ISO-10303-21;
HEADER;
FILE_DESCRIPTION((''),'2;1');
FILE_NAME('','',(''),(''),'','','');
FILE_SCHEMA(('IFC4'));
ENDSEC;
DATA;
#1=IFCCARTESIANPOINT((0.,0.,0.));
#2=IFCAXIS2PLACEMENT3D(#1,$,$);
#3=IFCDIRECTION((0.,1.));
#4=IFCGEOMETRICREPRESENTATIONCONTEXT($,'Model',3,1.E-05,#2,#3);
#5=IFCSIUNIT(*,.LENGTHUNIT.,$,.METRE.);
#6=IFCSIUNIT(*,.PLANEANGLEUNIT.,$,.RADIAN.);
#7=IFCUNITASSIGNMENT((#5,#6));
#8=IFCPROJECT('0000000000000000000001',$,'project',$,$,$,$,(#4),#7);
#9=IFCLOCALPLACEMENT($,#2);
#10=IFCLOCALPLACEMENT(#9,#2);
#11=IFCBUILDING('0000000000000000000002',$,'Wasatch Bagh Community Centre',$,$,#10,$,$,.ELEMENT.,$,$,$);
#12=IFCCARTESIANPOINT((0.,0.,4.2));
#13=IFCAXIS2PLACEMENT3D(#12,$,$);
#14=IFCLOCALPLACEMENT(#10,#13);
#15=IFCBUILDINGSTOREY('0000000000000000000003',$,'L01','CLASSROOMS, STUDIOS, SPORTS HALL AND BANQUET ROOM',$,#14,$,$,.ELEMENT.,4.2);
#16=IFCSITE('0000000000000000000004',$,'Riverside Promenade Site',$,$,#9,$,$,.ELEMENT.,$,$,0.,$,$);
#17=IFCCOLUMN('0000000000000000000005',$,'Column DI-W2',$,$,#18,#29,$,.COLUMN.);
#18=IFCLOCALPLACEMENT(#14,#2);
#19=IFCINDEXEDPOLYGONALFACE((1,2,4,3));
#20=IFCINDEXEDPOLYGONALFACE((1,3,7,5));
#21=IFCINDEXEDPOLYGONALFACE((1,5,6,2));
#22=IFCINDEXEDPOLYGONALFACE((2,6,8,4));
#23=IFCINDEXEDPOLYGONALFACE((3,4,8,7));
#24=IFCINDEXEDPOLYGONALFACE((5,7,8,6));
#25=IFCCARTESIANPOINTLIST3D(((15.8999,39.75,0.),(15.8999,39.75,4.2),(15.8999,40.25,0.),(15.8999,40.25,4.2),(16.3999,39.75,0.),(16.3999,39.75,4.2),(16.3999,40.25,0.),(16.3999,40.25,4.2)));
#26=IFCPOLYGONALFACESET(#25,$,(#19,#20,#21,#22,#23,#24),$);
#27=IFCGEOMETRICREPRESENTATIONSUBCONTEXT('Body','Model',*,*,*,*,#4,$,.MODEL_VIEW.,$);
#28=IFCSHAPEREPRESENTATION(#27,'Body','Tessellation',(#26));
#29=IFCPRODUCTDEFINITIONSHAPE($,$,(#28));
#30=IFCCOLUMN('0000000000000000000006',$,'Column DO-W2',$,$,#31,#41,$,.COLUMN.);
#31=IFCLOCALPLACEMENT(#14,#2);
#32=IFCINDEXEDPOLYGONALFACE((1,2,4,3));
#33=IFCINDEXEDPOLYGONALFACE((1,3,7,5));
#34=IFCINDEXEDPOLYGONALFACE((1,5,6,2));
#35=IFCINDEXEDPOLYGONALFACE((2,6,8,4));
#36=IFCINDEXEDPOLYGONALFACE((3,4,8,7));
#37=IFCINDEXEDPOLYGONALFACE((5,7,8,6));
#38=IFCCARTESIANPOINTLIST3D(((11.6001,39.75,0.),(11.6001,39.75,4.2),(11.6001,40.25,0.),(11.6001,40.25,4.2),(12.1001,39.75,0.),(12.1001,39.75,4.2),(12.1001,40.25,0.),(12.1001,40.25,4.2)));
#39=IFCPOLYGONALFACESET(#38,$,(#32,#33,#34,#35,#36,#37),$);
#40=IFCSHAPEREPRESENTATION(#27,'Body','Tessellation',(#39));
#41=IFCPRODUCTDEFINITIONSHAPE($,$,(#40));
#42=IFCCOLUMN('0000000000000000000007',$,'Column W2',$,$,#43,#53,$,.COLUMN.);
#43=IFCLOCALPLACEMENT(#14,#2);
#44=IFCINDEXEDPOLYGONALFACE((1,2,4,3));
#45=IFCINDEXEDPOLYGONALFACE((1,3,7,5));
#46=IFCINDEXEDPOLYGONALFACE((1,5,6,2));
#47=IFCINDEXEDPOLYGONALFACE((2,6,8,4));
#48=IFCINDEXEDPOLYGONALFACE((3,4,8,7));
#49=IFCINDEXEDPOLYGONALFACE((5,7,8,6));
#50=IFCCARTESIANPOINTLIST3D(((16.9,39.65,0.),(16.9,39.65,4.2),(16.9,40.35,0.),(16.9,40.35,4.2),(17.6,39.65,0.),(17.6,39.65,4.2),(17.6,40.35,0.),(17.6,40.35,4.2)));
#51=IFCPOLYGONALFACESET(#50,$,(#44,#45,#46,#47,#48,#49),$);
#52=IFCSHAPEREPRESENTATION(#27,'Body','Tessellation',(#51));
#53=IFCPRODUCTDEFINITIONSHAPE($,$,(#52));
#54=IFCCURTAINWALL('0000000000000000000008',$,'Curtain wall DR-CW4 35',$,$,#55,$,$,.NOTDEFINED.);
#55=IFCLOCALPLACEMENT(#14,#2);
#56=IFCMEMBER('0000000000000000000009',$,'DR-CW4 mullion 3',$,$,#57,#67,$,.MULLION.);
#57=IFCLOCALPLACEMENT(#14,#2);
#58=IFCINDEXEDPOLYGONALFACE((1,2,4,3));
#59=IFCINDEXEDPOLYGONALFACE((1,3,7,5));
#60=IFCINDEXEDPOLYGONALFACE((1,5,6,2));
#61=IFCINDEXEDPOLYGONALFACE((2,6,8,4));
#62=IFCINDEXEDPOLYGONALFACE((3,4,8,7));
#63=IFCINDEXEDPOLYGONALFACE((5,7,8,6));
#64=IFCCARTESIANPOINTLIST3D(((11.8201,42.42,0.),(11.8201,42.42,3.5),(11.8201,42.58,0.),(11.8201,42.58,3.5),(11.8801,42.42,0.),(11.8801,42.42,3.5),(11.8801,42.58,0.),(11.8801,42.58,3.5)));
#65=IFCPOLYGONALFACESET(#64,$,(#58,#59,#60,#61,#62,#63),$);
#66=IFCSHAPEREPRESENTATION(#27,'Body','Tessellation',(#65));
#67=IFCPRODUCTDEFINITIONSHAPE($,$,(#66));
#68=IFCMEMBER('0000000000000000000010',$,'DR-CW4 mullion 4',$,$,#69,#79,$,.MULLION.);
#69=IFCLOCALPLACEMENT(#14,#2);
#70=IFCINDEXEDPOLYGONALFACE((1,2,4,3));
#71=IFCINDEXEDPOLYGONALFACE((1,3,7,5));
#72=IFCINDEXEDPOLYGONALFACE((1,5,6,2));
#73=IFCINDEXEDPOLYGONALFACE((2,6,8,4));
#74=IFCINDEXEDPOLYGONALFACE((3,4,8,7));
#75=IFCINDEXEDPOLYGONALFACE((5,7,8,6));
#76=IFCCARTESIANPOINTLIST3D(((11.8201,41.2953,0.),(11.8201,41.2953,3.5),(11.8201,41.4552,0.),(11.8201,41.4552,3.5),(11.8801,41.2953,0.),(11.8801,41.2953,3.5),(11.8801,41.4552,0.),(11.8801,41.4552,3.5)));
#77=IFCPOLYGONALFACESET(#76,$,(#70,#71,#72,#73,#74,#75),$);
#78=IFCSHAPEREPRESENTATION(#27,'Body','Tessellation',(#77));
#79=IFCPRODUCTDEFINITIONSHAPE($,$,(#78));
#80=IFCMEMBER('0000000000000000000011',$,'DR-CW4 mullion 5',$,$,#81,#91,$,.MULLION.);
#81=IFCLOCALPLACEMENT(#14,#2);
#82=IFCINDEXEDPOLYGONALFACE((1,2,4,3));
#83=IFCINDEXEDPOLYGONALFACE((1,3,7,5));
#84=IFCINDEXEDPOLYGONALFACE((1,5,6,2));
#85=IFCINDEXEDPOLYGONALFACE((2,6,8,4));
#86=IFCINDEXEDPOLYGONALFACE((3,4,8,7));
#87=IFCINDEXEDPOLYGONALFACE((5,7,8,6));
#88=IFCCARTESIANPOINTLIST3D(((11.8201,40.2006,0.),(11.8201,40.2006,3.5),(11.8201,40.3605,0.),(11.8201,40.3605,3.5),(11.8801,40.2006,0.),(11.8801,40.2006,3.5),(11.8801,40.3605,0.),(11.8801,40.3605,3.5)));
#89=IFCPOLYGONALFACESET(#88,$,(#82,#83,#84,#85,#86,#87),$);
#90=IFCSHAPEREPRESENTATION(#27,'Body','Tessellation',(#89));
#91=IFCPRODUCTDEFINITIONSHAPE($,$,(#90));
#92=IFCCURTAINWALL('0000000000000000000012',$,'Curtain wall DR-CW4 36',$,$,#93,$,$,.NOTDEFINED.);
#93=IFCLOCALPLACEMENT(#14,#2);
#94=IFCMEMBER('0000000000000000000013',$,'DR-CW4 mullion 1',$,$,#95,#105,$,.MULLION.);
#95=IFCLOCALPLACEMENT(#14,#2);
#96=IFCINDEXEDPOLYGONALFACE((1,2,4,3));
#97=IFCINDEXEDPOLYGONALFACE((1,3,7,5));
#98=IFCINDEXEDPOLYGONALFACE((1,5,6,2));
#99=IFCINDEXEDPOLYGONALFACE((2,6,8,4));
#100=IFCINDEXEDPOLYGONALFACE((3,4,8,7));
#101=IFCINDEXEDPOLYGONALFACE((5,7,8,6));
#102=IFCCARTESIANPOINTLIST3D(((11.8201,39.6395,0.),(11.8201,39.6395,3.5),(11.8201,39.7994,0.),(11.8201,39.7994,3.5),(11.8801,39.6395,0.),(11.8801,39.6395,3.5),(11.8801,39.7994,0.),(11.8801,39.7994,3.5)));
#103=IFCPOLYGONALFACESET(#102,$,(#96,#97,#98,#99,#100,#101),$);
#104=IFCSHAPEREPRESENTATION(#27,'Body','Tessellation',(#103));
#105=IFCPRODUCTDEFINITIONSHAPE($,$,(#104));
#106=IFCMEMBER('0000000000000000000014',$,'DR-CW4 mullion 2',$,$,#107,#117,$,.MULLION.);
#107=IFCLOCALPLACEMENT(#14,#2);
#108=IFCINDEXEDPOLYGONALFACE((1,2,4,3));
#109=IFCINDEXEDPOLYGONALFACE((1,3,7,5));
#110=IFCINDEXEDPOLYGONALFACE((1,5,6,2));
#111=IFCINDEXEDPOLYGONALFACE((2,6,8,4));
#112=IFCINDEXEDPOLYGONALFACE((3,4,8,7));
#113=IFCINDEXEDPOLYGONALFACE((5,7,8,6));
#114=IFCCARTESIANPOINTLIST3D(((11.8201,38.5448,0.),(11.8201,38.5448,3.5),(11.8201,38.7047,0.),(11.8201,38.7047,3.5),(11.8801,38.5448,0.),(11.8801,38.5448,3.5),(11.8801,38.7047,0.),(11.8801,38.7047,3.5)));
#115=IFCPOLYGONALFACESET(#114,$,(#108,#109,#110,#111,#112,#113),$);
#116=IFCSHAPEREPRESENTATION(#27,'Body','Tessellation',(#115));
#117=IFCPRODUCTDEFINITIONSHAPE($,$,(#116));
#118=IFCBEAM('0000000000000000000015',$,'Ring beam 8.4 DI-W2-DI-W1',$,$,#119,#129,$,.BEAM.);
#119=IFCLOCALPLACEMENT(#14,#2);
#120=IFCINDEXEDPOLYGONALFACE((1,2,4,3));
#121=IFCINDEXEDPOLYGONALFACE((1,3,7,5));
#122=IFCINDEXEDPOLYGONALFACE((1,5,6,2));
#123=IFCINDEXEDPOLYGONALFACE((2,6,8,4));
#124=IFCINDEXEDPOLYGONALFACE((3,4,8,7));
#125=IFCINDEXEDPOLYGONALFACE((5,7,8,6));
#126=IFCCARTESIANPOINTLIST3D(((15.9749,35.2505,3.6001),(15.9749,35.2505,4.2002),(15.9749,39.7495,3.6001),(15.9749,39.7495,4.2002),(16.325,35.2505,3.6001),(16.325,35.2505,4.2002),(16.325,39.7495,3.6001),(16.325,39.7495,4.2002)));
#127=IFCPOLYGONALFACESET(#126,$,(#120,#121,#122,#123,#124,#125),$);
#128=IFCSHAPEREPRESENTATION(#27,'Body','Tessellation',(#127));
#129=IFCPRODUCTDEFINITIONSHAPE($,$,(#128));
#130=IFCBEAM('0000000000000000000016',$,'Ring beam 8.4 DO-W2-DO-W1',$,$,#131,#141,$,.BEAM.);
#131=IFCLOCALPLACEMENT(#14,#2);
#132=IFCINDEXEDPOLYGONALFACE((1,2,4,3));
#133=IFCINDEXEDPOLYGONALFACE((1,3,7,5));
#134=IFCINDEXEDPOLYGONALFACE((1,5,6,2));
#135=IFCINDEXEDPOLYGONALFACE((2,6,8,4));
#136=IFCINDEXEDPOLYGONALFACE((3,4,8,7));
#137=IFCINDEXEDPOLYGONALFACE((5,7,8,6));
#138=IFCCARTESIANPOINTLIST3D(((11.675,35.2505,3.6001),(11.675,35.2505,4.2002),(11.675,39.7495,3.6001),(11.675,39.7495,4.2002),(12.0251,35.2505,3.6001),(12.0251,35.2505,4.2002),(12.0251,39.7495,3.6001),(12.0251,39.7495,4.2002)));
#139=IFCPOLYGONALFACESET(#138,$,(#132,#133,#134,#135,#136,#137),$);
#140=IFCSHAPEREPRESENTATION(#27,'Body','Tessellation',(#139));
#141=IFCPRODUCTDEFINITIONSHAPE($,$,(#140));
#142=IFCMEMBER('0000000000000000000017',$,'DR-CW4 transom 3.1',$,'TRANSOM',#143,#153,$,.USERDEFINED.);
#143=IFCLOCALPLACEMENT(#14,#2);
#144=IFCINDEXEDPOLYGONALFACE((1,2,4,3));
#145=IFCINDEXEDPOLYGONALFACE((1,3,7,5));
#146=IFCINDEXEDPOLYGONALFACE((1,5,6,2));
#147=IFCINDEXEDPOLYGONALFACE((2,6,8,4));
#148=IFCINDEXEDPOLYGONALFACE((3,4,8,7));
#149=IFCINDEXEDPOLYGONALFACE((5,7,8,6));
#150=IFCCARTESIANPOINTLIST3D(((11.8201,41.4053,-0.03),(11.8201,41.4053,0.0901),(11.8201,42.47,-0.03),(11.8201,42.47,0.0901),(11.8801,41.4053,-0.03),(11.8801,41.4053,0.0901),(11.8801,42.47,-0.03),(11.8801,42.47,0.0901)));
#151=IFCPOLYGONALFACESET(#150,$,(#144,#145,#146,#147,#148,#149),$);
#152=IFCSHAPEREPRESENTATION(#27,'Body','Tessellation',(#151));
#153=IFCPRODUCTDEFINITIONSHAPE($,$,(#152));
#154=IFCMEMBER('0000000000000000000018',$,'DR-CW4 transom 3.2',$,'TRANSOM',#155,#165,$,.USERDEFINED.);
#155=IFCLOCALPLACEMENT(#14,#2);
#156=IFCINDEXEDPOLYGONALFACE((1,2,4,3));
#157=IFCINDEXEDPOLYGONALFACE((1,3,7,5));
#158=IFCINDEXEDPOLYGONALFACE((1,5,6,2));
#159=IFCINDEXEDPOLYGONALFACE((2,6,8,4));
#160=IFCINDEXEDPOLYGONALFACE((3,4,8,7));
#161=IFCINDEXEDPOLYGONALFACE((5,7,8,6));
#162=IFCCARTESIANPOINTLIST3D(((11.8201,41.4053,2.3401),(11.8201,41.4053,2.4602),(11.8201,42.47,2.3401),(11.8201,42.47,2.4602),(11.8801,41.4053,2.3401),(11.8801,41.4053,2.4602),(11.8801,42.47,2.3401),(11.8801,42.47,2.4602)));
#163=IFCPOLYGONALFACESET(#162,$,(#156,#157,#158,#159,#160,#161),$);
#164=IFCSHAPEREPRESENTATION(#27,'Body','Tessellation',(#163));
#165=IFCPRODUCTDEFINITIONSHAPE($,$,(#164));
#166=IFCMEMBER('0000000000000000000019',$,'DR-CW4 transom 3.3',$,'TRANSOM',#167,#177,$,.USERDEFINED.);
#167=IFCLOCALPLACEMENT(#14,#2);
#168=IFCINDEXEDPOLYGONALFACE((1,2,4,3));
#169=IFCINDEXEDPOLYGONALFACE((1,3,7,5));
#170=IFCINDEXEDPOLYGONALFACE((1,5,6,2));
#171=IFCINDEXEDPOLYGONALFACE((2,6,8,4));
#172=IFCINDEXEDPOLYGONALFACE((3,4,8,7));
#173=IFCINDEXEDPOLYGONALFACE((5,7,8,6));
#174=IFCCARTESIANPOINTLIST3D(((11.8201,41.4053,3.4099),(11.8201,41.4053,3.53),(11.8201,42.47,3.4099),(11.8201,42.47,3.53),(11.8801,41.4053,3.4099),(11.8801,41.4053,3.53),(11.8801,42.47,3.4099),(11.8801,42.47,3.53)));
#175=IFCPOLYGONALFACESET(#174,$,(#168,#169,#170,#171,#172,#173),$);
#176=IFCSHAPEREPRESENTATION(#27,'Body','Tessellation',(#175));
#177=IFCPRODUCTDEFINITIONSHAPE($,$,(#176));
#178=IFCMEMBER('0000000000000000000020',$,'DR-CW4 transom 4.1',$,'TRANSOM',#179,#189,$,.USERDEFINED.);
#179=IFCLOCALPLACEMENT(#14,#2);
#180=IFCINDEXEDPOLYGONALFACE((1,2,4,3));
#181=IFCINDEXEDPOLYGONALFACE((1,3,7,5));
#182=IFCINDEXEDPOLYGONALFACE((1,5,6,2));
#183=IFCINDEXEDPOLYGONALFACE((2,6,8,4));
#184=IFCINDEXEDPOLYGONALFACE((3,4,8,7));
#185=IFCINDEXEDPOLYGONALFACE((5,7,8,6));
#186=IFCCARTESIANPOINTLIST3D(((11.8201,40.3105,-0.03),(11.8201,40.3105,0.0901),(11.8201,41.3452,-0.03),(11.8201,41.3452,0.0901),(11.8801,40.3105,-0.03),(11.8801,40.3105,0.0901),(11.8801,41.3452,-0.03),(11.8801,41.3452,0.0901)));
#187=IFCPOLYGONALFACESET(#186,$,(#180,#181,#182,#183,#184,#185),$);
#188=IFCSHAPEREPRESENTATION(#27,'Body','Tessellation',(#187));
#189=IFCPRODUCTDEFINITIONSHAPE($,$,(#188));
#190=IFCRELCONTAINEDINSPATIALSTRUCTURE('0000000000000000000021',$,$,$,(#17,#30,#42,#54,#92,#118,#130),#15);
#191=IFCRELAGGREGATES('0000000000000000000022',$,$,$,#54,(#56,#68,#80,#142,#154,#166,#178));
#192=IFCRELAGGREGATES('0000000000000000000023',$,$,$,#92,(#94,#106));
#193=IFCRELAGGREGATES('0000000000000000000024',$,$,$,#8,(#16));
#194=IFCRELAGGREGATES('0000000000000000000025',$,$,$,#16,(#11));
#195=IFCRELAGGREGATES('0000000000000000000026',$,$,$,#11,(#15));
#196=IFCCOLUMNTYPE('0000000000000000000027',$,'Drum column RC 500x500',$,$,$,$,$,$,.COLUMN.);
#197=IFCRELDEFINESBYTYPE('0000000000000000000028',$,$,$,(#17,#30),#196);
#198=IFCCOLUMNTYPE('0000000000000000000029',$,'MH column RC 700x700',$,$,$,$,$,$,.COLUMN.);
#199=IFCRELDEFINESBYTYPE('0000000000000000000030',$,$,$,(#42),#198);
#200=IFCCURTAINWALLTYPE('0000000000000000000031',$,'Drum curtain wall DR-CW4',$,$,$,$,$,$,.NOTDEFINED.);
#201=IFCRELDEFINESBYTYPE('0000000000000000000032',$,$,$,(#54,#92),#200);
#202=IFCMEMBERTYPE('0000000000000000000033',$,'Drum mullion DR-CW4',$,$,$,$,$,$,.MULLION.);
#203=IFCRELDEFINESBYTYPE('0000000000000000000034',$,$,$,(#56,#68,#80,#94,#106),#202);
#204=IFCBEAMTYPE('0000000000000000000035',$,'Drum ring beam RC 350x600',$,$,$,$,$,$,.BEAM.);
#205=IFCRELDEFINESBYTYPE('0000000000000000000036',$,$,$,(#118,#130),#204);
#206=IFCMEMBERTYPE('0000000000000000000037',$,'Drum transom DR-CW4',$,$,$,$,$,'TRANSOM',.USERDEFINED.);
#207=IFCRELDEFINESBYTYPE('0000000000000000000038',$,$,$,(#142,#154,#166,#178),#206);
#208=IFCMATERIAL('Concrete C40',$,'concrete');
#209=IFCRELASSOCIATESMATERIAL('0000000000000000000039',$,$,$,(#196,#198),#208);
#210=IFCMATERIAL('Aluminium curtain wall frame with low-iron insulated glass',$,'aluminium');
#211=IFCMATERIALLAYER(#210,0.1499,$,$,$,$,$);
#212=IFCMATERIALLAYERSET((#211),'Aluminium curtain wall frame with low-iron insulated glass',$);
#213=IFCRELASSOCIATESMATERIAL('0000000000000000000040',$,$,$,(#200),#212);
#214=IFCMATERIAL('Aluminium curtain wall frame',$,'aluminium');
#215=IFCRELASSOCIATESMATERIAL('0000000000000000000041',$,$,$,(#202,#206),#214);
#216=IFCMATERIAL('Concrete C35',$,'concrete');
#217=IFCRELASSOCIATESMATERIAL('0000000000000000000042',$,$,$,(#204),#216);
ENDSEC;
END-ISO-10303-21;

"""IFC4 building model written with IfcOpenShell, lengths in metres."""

from ifc_helpers import new_model, si_unit, direction, frame, origin, origin_2d, place, context, subcontext, project, spatial, rectangle, extrude, material, layer, layer_set, material_profile, profile_set, type_object, element, aggregate, save


model = new_model("IFC4")

# Units and contexts
model_context = context("Model", 3, precision=1e-05, world=origin(), true_north=direction((0.0, 1.0)))
body_context = subcontext(model_context, "Body", "Model", "MODEL_VIEW")
ifc_project = project(units=[si_unit("LENGTHUNIT", "METRE"), si_unit("PLANEANGLEUNIT", "RADIAN")], contexts=[model_context])

# Site, building, storey
site_placement = place(None, origin())
site = spatial("IfcSite", under=ifc_project, at=site_placement, Name="Riverside Promenade Site", CompositionType="ELEMENT", RefElevation=0.0)
building_placement = place(site_placement, origin())
building = spatial("IfcBuilding", under=site, at=building_placement, Name="Wasatch Bagh Community Centre", CompositionType="ELEMENT")
storey_placement = place(building_placement, frame((0.0, 0.0, 4.2)))
storey = spatial("IfcBuildingStorey", under=building, at=storey_placement, Name="L01", Description="CLASSROOMS, STUDIOS, SPORTS HALL AND BANQUET ROOM", CompositionType="ELEMENT", Elevation=4.2)

# Columns
ifc_material_1 = material(Name="Concrete C40", Category="concrete")
ifc_material_profile_1 = material_profile(ifc_material_1, rectangle(XDim=0.5, YDim=0.5, at=origin_2d()), Name="RC 500x500")
ifc_profile_set_1 = profile_set([ifc_material_profile_1], Name="Concrete C40")
column_type_1 = type_object("IfcColumnType", Name="Drum column RC 500x500", PredefinedType="COLUMN", material=ifc_profile_set_1)
for number, where, z_axis, x_axis, name in (
    (1, (16.1499, 40.0, 0.0), (0.0, 0.0, 1.0), (1.0, 0.0, 0.0), "Column DI-W2"),
    (2, (11.8501, 40.0, 0.0), (0.0, 0.0, 1.0), (1.0, 0.0, 0.0), "Column DO-W2"),
):
    element("IfcColumn", number, at=place(storey_placement, frame(where, z_axis=z_axis, x_axis=x_axis)), inside=storey, type_object=column_type_1, Name=name, PredefinedType="COLUMN", context=body_context, shape_type="SweptSolid", body=[
        extrude(rectangle(XDim=0.5, YDim=0.5, at=origin_2d()), origin(), (0.0, 0.0, 1.0), 4.2),
    ])
ifc_material_profile_2 = material_profile(ifc_material_1, rectangle(XDim=0.7, YDim=0.7, at=origin_2d()), Name="RC 700x700")
ifc_profile_set_2 = profile_set([ifc_material_profile_2], Name="Concrete C40")
column_type_2 = type_object("IfcColumnType", Name="MH column RC 700x700", PredefinedType="COLUMN", material=ifc_profile_set_2)
column_placement = place(storey_placement, frame((17.25, 40.0, 0.0), z_axis=(0.0, 0.0, 1.0), x_axis=(1.0, 0.0, 0.0)))
element("IfcColumn", 3, at=column_placement, inside=storey, type_object=column_type_2, Name="Column W2", PredefinedType="COLUMN", context=body_context, shape_type="SweptSolid", body=[
    extrude(rectangle(XDim=0.7, YDim=0.7, at=origin_2d()), origin(), (0.0, 0.0, 1.0), 4.2),
])

# Curtain walls, members
ifc_material_2 = material(Name="Aluminium curtain wall frame with low-iron insulated glass", Category="aluminium")
ifc_layer_1 = layer(ifc_material_2, 0.1499)
ifc_layer_set_1 = layer_set([ifc_layer_1], Name="Aluminium curtain wall frame with low-iron insulated glass")
curtain_wall_type = type_object("IfcCurtainWallType", Name="Drum curtain wall DR-CW4", PredefinedType="NOTDEFINED", material=ifc_layer_set_1)
curtain_wall_1_placement = place(storey_placement, origin())
curtain_wall_1 = element("IfcCurtainWall", 4, at=curtain_wall_1_placement, inside=storey, type_object=curtain_wall_type, Name="Curtain wall DR-CW4 35", PredefinedType="NOTDEFINED")
ifc_material_3 = material(Name="Aluminium curtain wall frame", Category="aluminium")
ifc_material_profile_3 = material_profile(ifc_material_3, rectangle(XDim=0.0601, YDim=0.1599, at=origin_2d()), Name="Drum mullion DR-CW4")
ifc_profile_set_3 = profile_set([ifc_material_profile_3], Name="Aluminium curtain wall frame")
member_type_1 = type_object("IfcMemberType", Name="Drum mullion DR-CW4", PredefinedType="MULLION", material=ifc_profile_set_3)
member_1_placement = place(storey_placement, frame((11.8501, 42.5, 0.0), z_axis=(0.0, 0.0, 1.0), x_axis=(1.0, 0.0, 0.0)))
member_1 = element("IfcMember", 5, at=member_1_placement, type_object=member_type_1, Name="DR-CW4 mullion 3", PredefinedType="MULLION", context=body_context, shape_type="SweptSolid", body=[
    extrude(rectangle(XDim=0.0601, YDim=0.1599, at=origin_2d()), origin(), (0.0, 0.0, 1.0), 3.5),
])
member_2_placement = place(storey_placement, frame((11.8501, 41.3752, 0.0), z_axis=(0.0, 0.0, 1.0), x_axis=(1.0, 0.0, 0.0)))
member_2 = element("IfcMember", 6, at=member_2_placement, type_object=member_type_1, Name="DR-CW4 mullion 4", PredefinedType="MULLION", context=body_context, shape_type="SweptSolid", body=[
    extrude(rectangle(XDim=0.0601, YDim=0.1599, at=origin_2d()), origin(), (0.0, 0.0, 1.0), 3.5),
])
member_3_placement = place(storey_placement, frame((11.8501, 40.2805, 0.0), z_axis=(0.0, 0.0, 1.0), x_axis=(1.0, 0.0, 0.0)))
member_3 = element("IfcMember", 7, at=member_3_placement, type_object=member_type_1, Name="DR-CW4 mullion 5", PredefinedType="MULLION", context=body_context, shape_type="SweptSolid", body=[
    extrude(rectangle(XDim=0.0601, YDim=0.1599, at=origin_2d()), origin(), (0.0, 0.0, 1.0), 3.5),
])
curtain_wall_2_placement = place(storey_placement, origin())
curtain_wall_2 = element("IfcCurtainWall", 8, at=curtain_wall_2_placement, inside=storey, type_object=curtain_wall_type, Name="Curtain wall DR-CW4 36", PredefinedType="NOTDEFINED")
member_4_placement = place(storey_placement, frame((11.8501, 39.7195, 0.0), z_axis=(0.0, 0.0, 1.0), x_axis=(1.0, 0.0, 0.0)))
member_4 = element("IfcMember", 9, at=member_4_placement, type_object=member_type_1, Name="DR-CW4 mullion 1", PredefinedType="MULLION", context=body_context, shape_type="SweptSolid", body=[
    extrude(rectangle(XDim=0.0601, YDim=0.1599, at=origin_2d()), origin(), (0.0, 0.0, 1.0), 3.5),
])
member_5_placement = place(storey_placement, frame((11.8501, 38.6248, 0.0), z_axis=(0.0, 0.0, 1.0), x_axis=(1.0, 0.0, 0.0)))
member_5 = element("IfcMember", 10, at=member_5_placement, type_object=member_type_1, Name="DR-CW4 mullion 2", PredefinedType="MULLION", context=body_context, shape_type="SweptSolid", body=[
    extrude(rectangle(XDim=0.0601, YDim=0.1599, at=origin_2d()), origin(), (0.0, 0.0, 1.0), 3.5),
])

# Beams
ifc_material_4 = material(Name="Concrete C35", Category="concrete")
ifc_material_profile_4 = material_profile(ifc_material_4, rectangle(XDim=0.3501, YDim=0.6001, at=origin_2d()), Name="RC 350x600")
ifc_profile_set_4 = profile_set([ifc_material_profile_4], Name="Concrete C35")
beam_type_1 = type_object("IfcBeamType", Name="Drum ring beam RC 350x600", PredefinedType="BEAM", material=ifc_profile_set_4)
for number, where, z_axis, x_axis, name in (
    (11, (16.1499, 39.7495, 3.9001), (0.0, -1.0, 0.0), (1.0, 0.0, 0.0), "Ring beam 8.4 DI-W2-DI-W1"),
    (12, (11.8501, 39.7495, 3.9001), (0.0, -1.0, 0.0), (1.0, 0.0, 0.0), "Ring beam 8.4 DO-W2-DO-W1"),
):
    element("IfcBeam", number, at=place(storey_placement, frame(where, z_axis=z_axis, x_axis=x_axis)), inside=storey, type_object=beam_type_1, Name=name, PredefinedType="BEAM", context=body_context, shape_type="SweptSolid", body=[
        extrude(rectangle(XDim=0.3501, YDim=0.6001, at=origin_2d()), origin(), (0.0, 0.0, 1.0), 4.499),
    ])

# Members
ifc_material_profile_5 = material_profile(ifc_material_3, rectangle(XDim=0.0601, YDim=0.1201, at=origin_2d()), Name="Drum transom DR-CW4")
ifc_profile_set_5 = profile_set([ifc_material_profile_5], Name="Aluminium curtain wall frame")
member_type_2 = type_object("IfcMemberType", Name="Drum transom DR-CW4", ElementType="TRANSOM", PredefinedType="USERDEFINED", material=ifc_profile_set_5)
member_6_placement = place(storey_placement, frame((11.8501, 42.47, 0.03), z_axis=(0.0, -1.0, 0.0), x_axis=(1.0, 0.0, 0.0)))
member_6 = element("IfcMember", 13, at=member_6_placement, type_object=member_type_2, Name="DR-CW4 transom 3.1", ObjectType="TRANSOM", PredefinedType="USERDEFINED", context=body_context, shape_type="SweptSolid", body=[
    extrude(rectangle(XDim=0.0601, YDim=0.1201, at=origin_2d()), origin(), (0.0, 0.0, 1.0), 1.0647),
])
member_7_placement = place(storey_placement, frame((11.8501, 42.47, 2.4001), z_axis=(0.0, -1.0, 0.0), x_axis=(1.0, 0.0, 0.0)))
member_7 = element("IfcMember", 14, at=member_7_placement, type_object=member_type_2, Name="DR-CW4 transom 3.2", ObjectType="TRANSOM", PredefinedType="USERDEFINED", context=body_context, shape_type="SweptSolid", body=[
    extrude(rectangle(XDim=0.0601, YDim=0.1201, at=origin_2d()), origin(), (0.0, 0.0, 1.0), 1.0647),
])
member_8_placement = place(storey_placement, frame((11.8501, 42.47, 3.47), z_axis=(0.0, -1.0, 0.0), x_axis=(1.0, 0.0, 0.0)))
member_8 = element("IfcMember", 15, at=member_8_placement, type_object=member_type_2, Name="DR-CW4 transom 3.3", ObjectType="TRANSOM", PredefinedType="USERDEFINED", context=body_context, shape_type="SweptSolid", body=[
    extrude(rectangle(XDim=0.0601, YDim=0.1201, at=origin_2d()), origin(), (0.0, 0.0, 1.0), 1.0647),
])
member_9_placement = place(storey_placement, frame((11.8501, 41.3452, 0.03), z_axis=(0.0, -1.0, 0.0), x_axis=(1.0, 0.0, 0.0)))
member_9 = element("IfcMember", 16, at=member_9_placement, type_object=member_type_2, Name="DR-CW4 transom 4.1", ObjectType="TRANSOM", PredefinedType="USERDEFINED", context=body_context, shape_type="SweptSolid", body=[
    extrude(rectangle(XDim=0.0601, YDim=0.1201, at=origin_2d()), origin(), (0.0, 0.0, 1.0), 1.0347),
])

aggregate(curtain_wall_1, [member_1, member_2, member_3, member_6, member_7, member_8, member_9])
aggregate(curtain_wall_2, [member_4, member_5])

save(model, "model.ifc")
